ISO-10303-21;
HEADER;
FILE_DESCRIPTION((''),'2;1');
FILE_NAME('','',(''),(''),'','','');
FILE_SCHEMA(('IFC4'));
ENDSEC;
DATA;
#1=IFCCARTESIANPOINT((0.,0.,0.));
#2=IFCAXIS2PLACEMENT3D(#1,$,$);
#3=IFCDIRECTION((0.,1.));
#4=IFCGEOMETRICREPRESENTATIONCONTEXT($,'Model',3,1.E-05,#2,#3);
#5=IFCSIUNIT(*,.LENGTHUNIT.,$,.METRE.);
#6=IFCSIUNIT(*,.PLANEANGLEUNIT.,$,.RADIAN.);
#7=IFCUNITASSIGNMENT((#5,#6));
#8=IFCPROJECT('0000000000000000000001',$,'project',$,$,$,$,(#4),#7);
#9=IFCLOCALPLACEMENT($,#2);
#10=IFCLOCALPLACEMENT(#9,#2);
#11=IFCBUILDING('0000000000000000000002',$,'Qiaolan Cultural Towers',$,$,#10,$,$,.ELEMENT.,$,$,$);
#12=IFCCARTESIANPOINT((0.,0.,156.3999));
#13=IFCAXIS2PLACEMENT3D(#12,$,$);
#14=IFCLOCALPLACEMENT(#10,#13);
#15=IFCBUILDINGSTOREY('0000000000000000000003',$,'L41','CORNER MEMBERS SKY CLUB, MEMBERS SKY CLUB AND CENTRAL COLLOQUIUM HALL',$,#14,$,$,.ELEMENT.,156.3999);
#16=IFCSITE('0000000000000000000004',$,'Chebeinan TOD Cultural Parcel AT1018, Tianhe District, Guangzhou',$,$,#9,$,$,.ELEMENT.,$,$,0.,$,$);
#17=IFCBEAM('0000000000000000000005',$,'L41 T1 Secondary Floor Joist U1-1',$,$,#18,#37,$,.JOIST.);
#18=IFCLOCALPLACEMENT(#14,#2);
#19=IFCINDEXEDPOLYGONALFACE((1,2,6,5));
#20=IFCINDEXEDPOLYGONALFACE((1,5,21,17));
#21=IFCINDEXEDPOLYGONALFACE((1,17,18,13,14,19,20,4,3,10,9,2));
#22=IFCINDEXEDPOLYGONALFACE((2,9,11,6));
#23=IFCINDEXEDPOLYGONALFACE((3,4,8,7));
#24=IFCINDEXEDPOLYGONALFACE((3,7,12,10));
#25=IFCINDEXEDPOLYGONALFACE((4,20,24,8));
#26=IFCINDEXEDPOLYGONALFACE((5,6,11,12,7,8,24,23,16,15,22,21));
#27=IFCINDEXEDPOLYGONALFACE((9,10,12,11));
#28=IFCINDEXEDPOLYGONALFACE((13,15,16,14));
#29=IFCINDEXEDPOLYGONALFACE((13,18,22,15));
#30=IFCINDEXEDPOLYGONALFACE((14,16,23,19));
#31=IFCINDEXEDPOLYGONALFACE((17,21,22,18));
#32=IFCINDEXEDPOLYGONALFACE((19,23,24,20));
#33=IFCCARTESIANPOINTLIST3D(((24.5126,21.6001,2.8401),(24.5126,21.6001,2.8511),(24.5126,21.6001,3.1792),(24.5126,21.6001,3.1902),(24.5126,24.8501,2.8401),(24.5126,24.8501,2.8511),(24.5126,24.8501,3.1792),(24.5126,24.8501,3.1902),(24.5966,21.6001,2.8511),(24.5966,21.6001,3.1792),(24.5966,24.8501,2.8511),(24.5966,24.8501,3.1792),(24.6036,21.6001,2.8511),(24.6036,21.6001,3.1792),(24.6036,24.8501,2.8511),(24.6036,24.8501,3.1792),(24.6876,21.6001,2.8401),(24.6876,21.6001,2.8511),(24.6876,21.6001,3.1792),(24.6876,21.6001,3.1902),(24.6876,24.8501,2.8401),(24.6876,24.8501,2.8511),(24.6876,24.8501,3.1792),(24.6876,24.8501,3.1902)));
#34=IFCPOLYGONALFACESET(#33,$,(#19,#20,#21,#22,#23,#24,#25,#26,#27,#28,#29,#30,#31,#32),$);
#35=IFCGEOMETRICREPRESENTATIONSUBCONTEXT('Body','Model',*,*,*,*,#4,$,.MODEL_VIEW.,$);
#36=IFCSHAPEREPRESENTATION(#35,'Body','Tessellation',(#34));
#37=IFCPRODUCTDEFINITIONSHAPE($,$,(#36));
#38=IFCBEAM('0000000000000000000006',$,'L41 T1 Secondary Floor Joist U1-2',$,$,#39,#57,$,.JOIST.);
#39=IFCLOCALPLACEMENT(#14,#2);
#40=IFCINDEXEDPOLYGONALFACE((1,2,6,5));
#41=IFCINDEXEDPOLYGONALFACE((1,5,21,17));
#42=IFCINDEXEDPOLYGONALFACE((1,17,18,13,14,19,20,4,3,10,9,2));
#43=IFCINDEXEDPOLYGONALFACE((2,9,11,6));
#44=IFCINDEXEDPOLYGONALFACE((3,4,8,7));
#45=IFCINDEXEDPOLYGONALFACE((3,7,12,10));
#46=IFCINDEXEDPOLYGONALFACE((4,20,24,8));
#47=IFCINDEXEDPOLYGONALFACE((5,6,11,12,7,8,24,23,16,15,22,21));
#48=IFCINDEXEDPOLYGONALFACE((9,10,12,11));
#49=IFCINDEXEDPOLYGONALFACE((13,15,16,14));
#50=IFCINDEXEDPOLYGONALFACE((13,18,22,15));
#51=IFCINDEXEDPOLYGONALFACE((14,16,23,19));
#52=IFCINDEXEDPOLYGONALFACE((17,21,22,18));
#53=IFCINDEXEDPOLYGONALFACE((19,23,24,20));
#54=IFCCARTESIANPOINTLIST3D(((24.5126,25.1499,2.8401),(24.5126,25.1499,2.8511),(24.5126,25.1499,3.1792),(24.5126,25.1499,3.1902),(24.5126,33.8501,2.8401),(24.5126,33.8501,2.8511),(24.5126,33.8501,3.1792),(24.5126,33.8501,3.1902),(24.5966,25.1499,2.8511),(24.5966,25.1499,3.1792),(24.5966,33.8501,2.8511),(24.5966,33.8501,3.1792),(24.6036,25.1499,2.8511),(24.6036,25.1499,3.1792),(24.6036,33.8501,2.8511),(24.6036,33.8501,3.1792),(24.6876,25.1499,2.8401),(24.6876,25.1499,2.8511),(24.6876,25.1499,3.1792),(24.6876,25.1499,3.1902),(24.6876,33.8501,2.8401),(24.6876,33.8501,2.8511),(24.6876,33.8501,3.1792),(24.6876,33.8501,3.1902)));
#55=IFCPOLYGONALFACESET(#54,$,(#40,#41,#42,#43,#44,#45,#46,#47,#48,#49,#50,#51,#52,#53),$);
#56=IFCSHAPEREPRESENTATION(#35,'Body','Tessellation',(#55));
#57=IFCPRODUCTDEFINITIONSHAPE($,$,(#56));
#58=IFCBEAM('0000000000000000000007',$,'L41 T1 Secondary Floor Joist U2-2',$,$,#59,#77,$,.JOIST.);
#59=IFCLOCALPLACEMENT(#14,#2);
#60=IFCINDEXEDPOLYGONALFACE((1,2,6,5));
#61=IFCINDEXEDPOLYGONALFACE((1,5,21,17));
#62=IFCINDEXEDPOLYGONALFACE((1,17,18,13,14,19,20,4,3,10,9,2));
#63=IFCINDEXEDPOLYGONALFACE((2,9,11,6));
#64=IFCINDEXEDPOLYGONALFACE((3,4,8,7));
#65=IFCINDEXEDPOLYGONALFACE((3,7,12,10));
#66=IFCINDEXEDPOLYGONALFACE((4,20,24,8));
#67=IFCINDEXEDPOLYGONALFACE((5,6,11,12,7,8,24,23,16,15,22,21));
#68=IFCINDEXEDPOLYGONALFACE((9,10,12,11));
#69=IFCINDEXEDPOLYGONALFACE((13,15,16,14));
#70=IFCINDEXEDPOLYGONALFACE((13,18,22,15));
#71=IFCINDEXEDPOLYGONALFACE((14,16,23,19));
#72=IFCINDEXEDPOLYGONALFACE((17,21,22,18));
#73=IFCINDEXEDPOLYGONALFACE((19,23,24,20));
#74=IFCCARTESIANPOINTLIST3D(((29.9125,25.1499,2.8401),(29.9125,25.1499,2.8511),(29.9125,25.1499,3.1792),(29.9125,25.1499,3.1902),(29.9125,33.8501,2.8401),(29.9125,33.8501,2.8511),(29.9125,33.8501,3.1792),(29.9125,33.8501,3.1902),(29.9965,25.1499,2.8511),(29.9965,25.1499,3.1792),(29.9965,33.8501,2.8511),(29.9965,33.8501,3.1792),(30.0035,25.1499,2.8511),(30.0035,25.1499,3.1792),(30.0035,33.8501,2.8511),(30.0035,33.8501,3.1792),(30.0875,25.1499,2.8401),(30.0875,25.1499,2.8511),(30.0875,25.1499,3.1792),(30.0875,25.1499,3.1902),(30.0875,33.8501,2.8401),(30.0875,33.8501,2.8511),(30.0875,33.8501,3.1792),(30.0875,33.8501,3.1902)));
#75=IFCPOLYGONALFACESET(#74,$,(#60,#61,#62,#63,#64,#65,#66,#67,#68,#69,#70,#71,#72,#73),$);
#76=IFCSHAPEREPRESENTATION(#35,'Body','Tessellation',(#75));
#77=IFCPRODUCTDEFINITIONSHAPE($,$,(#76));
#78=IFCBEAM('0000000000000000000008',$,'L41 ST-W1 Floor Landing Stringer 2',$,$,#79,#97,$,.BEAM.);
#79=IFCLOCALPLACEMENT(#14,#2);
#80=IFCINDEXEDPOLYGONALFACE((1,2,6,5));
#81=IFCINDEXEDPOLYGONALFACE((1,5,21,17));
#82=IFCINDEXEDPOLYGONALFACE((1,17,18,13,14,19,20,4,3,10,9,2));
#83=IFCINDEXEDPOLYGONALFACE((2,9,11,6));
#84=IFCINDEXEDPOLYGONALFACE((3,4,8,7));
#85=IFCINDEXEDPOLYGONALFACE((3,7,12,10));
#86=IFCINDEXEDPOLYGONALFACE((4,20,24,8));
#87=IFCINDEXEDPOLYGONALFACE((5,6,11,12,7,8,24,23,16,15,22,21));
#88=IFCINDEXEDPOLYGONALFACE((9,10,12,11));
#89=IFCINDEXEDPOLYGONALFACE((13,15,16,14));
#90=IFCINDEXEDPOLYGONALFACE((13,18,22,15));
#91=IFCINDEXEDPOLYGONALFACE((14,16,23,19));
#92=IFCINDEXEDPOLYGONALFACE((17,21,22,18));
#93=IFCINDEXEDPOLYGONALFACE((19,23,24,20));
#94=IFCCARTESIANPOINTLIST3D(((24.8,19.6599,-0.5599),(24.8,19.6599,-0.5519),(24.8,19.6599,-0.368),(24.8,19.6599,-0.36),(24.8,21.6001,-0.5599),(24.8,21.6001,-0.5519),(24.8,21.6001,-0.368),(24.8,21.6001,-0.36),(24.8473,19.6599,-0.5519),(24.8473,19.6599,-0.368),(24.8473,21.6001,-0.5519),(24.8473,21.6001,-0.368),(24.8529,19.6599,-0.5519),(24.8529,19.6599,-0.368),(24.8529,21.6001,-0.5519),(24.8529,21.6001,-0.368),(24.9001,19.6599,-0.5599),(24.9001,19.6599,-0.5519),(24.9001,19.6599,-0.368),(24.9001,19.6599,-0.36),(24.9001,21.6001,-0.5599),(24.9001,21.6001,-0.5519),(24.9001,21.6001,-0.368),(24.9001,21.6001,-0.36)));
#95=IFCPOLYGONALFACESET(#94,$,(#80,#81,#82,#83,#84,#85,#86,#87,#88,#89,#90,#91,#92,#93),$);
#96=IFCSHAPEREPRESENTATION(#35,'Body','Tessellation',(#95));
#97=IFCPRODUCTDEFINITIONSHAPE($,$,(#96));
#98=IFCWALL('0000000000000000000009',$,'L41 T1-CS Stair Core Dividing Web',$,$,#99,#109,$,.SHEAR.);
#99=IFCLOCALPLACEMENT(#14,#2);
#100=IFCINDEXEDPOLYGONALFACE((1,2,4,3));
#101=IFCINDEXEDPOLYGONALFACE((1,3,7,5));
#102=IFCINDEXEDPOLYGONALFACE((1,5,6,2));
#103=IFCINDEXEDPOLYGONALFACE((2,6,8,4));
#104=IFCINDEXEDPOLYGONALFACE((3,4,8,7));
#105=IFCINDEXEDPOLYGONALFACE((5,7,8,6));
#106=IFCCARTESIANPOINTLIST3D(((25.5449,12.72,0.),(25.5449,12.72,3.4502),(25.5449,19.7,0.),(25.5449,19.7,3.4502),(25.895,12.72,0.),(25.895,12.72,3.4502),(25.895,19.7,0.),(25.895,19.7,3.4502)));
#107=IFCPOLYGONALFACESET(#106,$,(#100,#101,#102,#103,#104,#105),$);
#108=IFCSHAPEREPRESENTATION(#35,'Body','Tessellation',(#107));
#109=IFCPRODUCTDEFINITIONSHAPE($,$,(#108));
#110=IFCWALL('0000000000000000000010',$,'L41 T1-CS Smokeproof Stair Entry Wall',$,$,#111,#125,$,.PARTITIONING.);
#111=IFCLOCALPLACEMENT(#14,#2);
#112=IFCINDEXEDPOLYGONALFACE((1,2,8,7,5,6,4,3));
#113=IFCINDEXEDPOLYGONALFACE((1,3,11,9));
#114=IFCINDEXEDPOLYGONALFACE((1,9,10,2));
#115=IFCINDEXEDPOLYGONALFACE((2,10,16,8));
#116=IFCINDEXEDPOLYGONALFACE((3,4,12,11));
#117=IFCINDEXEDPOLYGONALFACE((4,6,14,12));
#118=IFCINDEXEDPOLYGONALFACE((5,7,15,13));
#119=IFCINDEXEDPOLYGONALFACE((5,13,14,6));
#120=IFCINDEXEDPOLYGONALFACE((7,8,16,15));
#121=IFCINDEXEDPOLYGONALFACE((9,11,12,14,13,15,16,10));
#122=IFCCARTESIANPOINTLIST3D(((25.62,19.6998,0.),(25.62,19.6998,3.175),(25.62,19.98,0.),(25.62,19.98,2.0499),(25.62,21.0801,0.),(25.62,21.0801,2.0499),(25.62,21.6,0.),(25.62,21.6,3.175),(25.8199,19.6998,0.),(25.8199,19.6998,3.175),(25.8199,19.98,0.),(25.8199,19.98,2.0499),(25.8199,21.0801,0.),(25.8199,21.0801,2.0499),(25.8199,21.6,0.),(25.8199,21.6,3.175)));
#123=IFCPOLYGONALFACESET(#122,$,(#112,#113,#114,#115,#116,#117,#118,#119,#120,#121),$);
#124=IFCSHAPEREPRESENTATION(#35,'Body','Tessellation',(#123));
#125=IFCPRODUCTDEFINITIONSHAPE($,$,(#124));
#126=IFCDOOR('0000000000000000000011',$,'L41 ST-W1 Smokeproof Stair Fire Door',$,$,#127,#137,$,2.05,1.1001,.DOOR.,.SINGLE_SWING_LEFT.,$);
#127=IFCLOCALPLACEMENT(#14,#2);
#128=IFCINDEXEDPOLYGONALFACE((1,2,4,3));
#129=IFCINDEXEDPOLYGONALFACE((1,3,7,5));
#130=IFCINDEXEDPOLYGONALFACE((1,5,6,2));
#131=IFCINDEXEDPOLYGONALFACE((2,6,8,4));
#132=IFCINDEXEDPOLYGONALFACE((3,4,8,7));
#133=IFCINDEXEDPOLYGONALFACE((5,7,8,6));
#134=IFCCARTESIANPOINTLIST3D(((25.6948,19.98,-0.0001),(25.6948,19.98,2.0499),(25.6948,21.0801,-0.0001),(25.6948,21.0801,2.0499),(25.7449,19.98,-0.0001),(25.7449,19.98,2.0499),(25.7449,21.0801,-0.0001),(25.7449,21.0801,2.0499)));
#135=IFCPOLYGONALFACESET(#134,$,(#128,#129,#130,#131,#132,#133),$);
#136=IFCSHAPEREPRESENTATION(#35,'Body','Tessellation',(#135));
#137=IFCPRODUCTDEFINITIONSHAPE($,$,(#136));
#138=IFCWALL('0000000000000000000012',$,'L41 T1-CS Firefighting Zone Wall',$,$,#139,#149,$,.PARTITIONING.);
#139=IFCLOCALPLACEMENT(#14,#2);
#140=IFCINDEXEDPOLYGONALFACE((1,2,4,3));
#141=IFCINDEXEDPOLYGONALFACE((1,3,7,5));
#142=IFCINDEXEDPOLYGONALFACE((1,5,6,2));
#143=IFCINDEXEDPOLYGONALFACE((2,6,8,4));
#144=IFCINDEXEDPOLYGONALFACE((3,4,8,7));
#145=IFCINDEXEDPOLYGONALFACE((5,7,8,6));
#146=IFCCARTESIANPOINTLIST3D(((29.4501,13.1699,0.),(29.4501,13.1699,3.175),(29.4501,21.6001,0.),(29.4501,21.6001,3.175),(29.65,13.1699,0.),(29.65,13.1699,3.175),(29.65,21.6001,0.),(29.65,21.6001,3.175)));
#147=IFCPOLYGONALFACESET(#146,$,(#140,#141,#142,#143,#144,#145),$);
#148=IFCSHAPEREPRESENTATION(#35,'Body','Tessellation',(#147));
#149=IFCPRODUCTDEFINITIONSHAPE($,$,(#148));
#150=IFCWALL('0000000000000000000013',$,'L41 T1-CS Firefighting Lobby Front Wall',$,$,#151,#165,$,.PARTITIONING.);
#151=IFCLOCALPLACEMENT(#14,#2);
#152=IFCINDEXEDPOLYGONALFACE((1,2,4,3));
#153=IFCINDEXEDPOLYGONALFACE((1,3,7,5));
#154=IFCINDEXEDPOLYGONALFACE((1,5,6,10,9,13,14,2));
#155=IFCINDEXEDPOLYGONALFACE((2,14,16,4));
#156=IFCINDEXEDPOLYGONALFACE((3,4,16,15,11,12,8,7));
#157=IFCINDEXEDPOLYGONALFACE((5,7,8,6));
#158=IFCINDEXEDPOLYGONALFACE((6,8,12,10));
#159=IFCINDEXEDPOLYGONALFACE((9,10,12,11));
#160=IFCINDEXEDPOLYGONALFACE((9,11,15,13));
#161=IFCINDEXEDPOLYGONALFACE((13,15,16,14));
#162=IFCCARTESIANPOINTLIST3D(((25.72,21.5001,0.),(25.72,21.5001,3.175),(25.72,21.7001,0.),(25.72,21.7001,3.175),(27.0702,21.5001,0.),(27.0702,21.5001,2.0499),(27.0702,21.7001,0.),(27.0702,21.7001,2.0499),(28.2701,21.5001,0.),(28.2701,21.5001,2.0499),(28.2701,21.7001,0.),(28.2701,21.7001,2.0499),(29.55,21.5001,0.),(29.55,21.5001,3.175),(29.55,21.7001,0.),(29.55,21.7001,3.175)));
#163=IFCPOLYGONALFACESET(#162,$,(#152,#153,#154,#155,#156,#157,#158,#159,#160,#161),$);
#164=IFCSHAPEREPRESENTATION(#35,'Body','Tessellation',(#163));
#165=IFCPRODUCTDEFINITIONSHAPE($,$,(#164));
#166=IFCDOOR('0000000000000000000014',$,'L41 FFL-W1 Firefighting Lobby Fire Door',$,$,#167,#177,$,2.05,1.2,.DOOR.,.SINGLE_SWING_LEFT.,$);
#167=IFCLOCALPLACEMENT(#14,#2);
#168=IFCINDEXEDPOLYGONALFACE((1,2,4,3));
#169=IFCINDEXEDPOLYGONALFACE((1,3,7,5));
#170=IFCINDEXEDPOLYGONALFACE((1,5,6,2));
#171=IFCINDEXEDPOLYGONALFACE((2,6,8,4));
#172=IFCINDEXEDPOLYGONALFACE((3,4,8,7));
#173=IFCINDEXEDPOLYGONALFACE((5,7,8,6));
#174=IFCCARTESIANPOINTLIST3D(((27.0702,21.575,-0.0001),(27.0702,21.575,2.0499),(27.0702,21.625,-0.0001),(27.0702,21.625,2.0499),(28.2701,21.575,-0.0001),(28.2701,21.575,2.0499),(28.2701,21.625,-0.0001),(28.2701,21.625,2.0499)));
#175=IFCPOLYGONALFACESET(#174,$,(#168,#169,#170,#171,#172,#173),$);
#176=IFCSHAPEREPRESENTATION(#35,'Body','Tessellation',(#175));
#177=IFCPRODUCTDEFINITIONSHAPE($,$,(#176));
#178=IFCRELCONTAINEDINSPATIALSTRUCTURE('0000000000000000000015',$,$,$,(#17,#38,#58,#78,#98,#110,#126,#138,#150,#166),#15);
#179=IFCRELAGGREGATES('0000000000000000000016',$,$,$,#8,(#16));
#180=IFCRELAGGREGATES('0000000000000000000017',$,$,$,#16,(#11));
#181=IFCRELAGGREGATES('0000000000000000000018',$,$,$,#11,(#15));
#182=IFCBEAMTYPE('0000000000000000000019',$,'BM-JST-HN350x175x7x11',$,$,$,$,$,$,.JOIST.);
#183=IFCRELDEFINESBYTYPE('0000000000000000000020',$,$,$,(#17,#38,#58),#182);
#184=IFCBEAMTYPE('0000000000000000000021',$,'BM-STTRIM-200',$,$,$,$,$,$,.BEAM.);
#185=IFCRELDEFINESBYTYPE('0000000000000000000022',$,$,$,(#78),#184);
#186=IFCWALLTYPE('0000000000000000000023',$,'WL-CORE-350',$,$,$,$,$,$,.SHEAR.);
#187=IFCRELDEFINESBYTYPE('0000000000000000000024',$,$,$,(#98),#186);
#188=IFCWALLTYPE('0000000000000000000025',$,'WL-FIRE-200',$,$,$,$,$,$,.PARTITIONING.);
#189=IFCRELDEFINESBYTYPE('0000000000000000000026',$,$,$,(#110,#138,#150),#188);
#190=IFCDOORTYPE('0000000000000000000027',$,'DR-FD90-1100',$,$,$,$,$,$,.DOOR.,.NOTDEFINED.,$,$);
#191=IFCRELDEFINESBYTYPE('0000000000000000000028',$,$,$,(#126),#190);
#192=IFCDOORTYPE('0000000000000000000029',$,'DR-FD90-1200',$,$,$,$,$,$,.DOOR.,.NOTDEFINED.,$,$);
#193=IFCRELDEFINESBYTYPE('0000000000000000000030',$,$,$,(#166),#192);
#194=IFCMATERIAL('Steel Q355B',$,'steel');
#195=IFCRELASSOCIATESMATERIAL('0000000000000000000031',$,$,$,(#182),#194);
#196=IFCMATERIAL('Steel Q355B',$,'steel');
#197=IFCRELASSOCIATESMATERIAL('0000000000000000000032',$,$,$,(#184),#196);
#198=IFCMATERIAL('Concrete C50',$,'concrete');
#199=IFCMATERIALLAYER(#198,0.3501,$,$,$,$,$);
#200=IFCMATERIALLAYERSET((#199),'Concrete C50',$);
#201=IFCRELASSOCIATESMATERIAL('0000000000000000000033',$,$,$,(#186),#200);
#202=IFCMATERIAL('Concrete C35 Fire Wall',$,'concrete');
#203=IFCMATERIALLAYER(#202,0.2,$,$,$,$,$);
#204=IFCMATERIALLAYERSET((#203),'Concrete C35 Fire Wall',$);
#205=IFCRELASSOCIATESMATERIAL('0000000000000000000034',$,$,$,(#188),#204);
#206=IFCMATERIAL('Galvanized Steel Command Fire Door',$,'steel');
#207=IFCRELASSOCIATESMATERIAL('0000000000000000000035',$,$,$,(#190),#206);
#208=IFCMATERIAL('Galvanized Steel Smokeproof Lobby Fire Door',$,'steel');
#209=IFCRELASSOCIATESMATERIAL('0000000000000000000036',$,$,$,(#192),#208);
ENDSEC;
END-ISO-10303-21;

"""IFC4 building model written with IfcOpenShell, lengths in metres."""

from ifc_helpers import new_model, si_unit, direction, frame, frame_2d, origin, origin_2d, place, context, subcontext, project, spatial, rectangle, i_section, extrude, material, layer, layer_set, material_profile, profile_set, type_object, element, fill, save


model = new_model("IFC4")

# Units and contexts
model_context = context("Model", 3, precision=1e-05, world=origin(), true_north=direction((0.0, 1.0)))
body_context = subcontext(model_context, "Body", "Model", "MODEL_VIEW")
ifc_project = project(units=[si_unit("LENGTHUNIT", "METRE"), si_unit("PLANEANGLEUNIT", "RADIAN")], contexts=[model_context])

# Site, building, storey
site_placement = place(None, origin())
site = spatial("IfcSite", under=ifc_project, at=site_placement, Name="Chebeinan TOD Cultural Parcel AT1018, Tianhe District, Guangzhou", CompositionType="ELEMENT", RefElevation=0.0)
building_placement = place(site_placement, origin())
building = spatial("IfcBuilding", under=site, at=building_placement, Name="Qiaolan Cultural Towers", CompositionType="ELEMENT")
storey_placement = place(building_placement, frame((0.0, 0.0, 156.3999)))
storey = spatial("IfcBuildingStorey", under=building, at=storey_placement, Name="L41", Description="CORNER MEMBERS SKY CLUB, MEMBERS SKY CLUB AND CENTRAL COLLOQUIUM HALL", CompositionType="ELEMENT", Elevation=156.3999)

# Beams
ifc_material_1 = material(Name="Steel Q355B", Category="steel")
ifc_material_profile_1 = material_profile(ifc_material_1, i_section(OverallWidth=0.175, OverallDepth=0.3501, WebThickness=0.0071, FlangeThickness=0.011, at=origin_2d()), Name="HN350x175x7x11")
ifc_profile_set_1 = profile_set([ifc_material_profile_1], Name="Steel Q355B")
beam_type_1 = type_object("IfcBeamType", Name="BM-JST-HN350x175x7x11", PredefinedType="JOIST", material=ifc_profile_set_1)
beam_1_placement = place(storey_placement, frame((24.6001, 21.6001, 3.0151), z_axis=(0.0, 1.0, 0.0), x_axis=(-1.0, 0.0, 0.0)))
element("IfcBeam", 1, at=beam_1_placement, inside=storey, type_object=beam_type_1, Name="L41 T1 Secondary Floor Joist U1-1", PredefinedType="JOIST", context=body_context, shape_type="SweptSolid", body=[
    extrude(i_section(OverallWidth=0.175, OverallDepth=0.3501, WebThickness=0.0071, FlangeThickness=0.011, at=origin_2d()), origin(), (0.0, 0.0, 1.0), 3.25),
])
for number, where, z_axis, x_axis, name in (
    (2, (24.6001, 25.1499, 3.0151), (0.0, 1.0, 0.0), (-1.0, 0.0, 0.0), "L41 T1 Secondary Floor Joist U1-2"),
    (3, (30.0, 25.1499, 3.0151), (0.0, 1.0, 0.0), (-1.0, 0.0, 0.0), "L41 T1 Secondary Floor Joist U2-2"),
):
    element("IfcBeam", number, at=place(storey_placement, frame(where, z_axis=z_axis, x_axis=x_axis)), inside=storey, type_object=beam_type_1, Name=name, PredefinedType="JOIST", context=body_context, shape_type="SweptSolid", body=[
        extrude(i_section(OverallWidth=0.175, OverallDepth=0.3501, WebThickness=0.0071, FlangeThickness=0.011, at=origin_2d()), origin(), (0.0, 0.0, 1.0), 8.7002),
    ])
ifc_material_2 = material(Name="Steel Q355B", Category="steel")
ifc_material_profile_2 = material_profile(ifc_material_2, i_section(OverallWidth=0.1001, OverallDepth=0.2, WebThickness=0.0056, FlangeThickness=0.0081, at=origin_2d()), Name="HN200x100x5.5x8")
ifc_profile_set_2 = profile_set([ifc_material_profile_2], Name="Steel Q355B")
beam_type_2 = type_object("IfcBeamType", Name="BM-STTRIM-200", PredefinedType="BEAM", material=ifc_profile_set_2)
beam_2_placement = place(storey_placement, frame((24.8501, 21.6001, -0.46), z_axis=(0.0, -1.0, 0.0), x_axis=(1.0, 0.0, 0.0)))
element("IfcBeam", 4, at=beam_2_placement, inside=storey, type_object=beam_type_2, Name="L41 ST-W1 Floor Landing Stringer 2", PredefinedType="BEAM", context=body_context, shape_type="SweptSolid", body=[
    extrude(i_section(OverallWidth=0.1001, OverallDepth=0.2, WebThickness=0.0056, FlangeThickness=0.0081, at=origin_2d()), origin(), (0.0, 0.0, 1.0), 1.9402),
])

# Wall
ifc_material_3 = material(Name="Concrete C50", Category="concrete")
ifc_layer_1 = layer(ifc_material_3, 0.3501)
ifc_layer_set_1 = layer_set([ifc_layer_1], Name="Concrete C50")
wall_type_1 = type_object("IfcWallType", Name="WL-CORE-350", PredefinedType="SHEAR", material=ifc_layer_set_1)
wall_1_placement = place(storey_placement, frame((25.72, 19.7, 0.0), z_axis=(0.0, 0.0, 1.0), x_axis=(0.0, -1.0, 0.0)))
element("IfcWall", 5, at=wall_1_placement, inside=storey, type_object=wall_type_1, Name="L41 T1-CS Stair Core Dividing Web", PredefinedType="SHEAR", context=body_context, shape_type="SweptSolid", body=[
    extrude(rectangle(XDim=6.98, YDim=0.3501, at=frame_2d((3.49, 0.0))), origin(), (0.0, 0.0, 1.0), 3.4502),
])

# Wall, opening, door
ifc_material_4 = material(Name="Concrete C35 Fire Wall", Category="concrete")
ifc_layer_2 = layer(ifc_material_4, 0.2)
ifc_layer_set_2 = layer_set([ifc_layer_2], Name="Concrete C35 Fire Wall")
wall_type_2 = type_object("IfcWallType", Name="WL-FIRE-200", PredefinedType="PARTITIONING", material=ifc_layer_set_2)
wall_2_placement = place(storey_placement, frame((25.72, 21.6001, 0.0), z_axis=(0.0, 0.0, 1.0), x_axis=(0.0, -1.0, 0.0)))
wall_2 = element("IfcWall", 6, at=wall_2_placement, inside=storey, type_object=wall_type_2, Name="L41 T1-CS Smokeproof Stair Entry Wall", PredefinedType="PARTITIONING", context=body_context, shape_type="SweptSolid", body=[
    extrude(rectangle(XDim=1.9001, YDim=0.2, at=frame_2d((0.9502, 0.0))), origin(), (0.0, 0.0, 1.0), 3.175),
])
opening_1_placement = place(wall_2_placement, frame((0.52, 0.0, 0.0)))
opening_1 = element("IfcOpeningElement", 7, at=opening_1_placement, cuts=wall_2, PredefinedType="OPENING", context=body_context, shape_type="SweptSolid", body=[
    extrude(rectangle(XDim=1.1001, YDim=2.05, at=frame_2d((0.55, 1.0249))), frame((0.0, 0.1099, 0.0), z_axis=(0.0, -1.0, 0.0), x_axis=(1.0, 0.0, 0.0)), (0.0, 0.0, 1.0), 0.22),
])
ifc_material_5 = material(Name="Galvanized Steel Command Fire Door", Category="steel")
door_type_1 = type_object("IfcDoorType", Name="DR-FD90-1100", OperationType="NOTDEFINED", PredefinedType="DOOR", material=ifc_material_5)
door_1_placement = place(opening_1_placement, origin())
door_1 = element("IfcDoor", 8, at=door_1_placement, inside=storey, type_object=door_type_1, Name="L41 ST-W1 Smokeproof Stair Fire Door", OperationType="SINGLE_SWING_LEFT", OverallHeight=2.05, OverallWidth=1.1001, PredefinedType="DOOR", context=body_context, shape_type="SweptSolid", body=[
    extrude(rectangle(XDim=1.1001, YDim=2.05, at=frame_2d((0.55, 1.0249))), frame((0.0, 0.0249, 0.0), z_axis=(0.0, -1.0, 0.0), x_axis=(1.0, 0.0, 0.0)), (0.0, 0.0, 1.0), 0.05),
])
fill(opening_1, door_1)

# Wall
wall_3_placement = place(storey_placement, frame((29.55, 21.6001, 0.0), z_axis=(0.0, 0.0, 1.0), x_axis=(0.0, -1.0, 0.0)))
element("IfcWall", 9, at=wall_3_placement, inside=storey, type_object=wall_type_2, Name="L41 T1-CS Firefighting Zone Wall", PredefinedType="PARTITIONING", context=body_context, shape_type="SweptSolid", body=[
    extrude(rectangle(XDim=8.4302, YDim=0.2, at=frame_2d((4.2151, 0.0))), origin(), (0.0, 0.0, 1.0), 3.175),
])

# Wall, opening, door
wall_4_placement = place(storey_placement, frame((25.72, 21.6001, 0.0), z_axis=(0.0, 0.0, 1.0), x_axis=(1.0, 0.0, 0.0)))
wall_4 = element("IfcWall", 10, at=wall_4_placement, inside=storey, type_object=wall_type_2, Name="L41 T1-CS Firefighting Lobby Front Wall", PredefinedType="PARTITIONING", context=body_context, shape_type="SweptSolid", body=[
    extrude(rectangle(XDim=3.8301, YDim=0.2, at=frame_2d((1.915, 0.0))), origin(), (0.0, 0.0, 1.0), 3.175),
])
opening_2_placement = place(wall_4_placement, frame((1.3501, 0.0, 0.0)))
opening_2 = element("IfcOpeningElement", 11, at=opening_2_placement, cuts=wall_4, PredefinedType="OPENING", context=body_context, shape_type="SweptSolid", body=[
    extrude(rectangle(XDim=1.2, YDim=2.05, at=frame_2d((0.6001, 1.0249))), frame((0.0, 0.1099, 0.0), z_axis=(0.0, -1.0, 0.0), x_axis=(1.0, 0.0, 0.0)), (0.0, 0.0, 1.0), 0.22),
])
ifc_material_6 = material(Name="Galvanized Steel Smokeproof Lobby Fire Door", Category="steel")
door_type_2 = type_object("IfcDoorType", Name="DR-FD90-1200", OperationType="NOTDEFINED", PredefinedType="DOOR", material=ifc_material_6)
door_2_placement = place(opening_2_placement, origin())
door_2 = element("IfcDoor", 12, at=door_2_placement, inside=storey, type_object=door_type_2, Name="L41 FFL-W1 Firefighting Lobby Fire Door", OperationType="SINGLE_SWING_LEFT", OverallHeight=2.05, OverallWidth=1.2, PredefinedType="DOOR", context=body_context, shape_type="SweptSolid", body=[
    extrude(rectangle(XDim=1.2, YDim=2.05, at=frame_2d((0.6001, 1.0249))), frame((0.0, 0.0249, 0.0), z_axis=(0.0, -1.0, 0.0), x_axis=(1.0, 0.0, 0.0)), (0.0, 0.0, 1.0), 0.05),
])
fill(opening_2, door_2)

save(model, "model.ifc")
